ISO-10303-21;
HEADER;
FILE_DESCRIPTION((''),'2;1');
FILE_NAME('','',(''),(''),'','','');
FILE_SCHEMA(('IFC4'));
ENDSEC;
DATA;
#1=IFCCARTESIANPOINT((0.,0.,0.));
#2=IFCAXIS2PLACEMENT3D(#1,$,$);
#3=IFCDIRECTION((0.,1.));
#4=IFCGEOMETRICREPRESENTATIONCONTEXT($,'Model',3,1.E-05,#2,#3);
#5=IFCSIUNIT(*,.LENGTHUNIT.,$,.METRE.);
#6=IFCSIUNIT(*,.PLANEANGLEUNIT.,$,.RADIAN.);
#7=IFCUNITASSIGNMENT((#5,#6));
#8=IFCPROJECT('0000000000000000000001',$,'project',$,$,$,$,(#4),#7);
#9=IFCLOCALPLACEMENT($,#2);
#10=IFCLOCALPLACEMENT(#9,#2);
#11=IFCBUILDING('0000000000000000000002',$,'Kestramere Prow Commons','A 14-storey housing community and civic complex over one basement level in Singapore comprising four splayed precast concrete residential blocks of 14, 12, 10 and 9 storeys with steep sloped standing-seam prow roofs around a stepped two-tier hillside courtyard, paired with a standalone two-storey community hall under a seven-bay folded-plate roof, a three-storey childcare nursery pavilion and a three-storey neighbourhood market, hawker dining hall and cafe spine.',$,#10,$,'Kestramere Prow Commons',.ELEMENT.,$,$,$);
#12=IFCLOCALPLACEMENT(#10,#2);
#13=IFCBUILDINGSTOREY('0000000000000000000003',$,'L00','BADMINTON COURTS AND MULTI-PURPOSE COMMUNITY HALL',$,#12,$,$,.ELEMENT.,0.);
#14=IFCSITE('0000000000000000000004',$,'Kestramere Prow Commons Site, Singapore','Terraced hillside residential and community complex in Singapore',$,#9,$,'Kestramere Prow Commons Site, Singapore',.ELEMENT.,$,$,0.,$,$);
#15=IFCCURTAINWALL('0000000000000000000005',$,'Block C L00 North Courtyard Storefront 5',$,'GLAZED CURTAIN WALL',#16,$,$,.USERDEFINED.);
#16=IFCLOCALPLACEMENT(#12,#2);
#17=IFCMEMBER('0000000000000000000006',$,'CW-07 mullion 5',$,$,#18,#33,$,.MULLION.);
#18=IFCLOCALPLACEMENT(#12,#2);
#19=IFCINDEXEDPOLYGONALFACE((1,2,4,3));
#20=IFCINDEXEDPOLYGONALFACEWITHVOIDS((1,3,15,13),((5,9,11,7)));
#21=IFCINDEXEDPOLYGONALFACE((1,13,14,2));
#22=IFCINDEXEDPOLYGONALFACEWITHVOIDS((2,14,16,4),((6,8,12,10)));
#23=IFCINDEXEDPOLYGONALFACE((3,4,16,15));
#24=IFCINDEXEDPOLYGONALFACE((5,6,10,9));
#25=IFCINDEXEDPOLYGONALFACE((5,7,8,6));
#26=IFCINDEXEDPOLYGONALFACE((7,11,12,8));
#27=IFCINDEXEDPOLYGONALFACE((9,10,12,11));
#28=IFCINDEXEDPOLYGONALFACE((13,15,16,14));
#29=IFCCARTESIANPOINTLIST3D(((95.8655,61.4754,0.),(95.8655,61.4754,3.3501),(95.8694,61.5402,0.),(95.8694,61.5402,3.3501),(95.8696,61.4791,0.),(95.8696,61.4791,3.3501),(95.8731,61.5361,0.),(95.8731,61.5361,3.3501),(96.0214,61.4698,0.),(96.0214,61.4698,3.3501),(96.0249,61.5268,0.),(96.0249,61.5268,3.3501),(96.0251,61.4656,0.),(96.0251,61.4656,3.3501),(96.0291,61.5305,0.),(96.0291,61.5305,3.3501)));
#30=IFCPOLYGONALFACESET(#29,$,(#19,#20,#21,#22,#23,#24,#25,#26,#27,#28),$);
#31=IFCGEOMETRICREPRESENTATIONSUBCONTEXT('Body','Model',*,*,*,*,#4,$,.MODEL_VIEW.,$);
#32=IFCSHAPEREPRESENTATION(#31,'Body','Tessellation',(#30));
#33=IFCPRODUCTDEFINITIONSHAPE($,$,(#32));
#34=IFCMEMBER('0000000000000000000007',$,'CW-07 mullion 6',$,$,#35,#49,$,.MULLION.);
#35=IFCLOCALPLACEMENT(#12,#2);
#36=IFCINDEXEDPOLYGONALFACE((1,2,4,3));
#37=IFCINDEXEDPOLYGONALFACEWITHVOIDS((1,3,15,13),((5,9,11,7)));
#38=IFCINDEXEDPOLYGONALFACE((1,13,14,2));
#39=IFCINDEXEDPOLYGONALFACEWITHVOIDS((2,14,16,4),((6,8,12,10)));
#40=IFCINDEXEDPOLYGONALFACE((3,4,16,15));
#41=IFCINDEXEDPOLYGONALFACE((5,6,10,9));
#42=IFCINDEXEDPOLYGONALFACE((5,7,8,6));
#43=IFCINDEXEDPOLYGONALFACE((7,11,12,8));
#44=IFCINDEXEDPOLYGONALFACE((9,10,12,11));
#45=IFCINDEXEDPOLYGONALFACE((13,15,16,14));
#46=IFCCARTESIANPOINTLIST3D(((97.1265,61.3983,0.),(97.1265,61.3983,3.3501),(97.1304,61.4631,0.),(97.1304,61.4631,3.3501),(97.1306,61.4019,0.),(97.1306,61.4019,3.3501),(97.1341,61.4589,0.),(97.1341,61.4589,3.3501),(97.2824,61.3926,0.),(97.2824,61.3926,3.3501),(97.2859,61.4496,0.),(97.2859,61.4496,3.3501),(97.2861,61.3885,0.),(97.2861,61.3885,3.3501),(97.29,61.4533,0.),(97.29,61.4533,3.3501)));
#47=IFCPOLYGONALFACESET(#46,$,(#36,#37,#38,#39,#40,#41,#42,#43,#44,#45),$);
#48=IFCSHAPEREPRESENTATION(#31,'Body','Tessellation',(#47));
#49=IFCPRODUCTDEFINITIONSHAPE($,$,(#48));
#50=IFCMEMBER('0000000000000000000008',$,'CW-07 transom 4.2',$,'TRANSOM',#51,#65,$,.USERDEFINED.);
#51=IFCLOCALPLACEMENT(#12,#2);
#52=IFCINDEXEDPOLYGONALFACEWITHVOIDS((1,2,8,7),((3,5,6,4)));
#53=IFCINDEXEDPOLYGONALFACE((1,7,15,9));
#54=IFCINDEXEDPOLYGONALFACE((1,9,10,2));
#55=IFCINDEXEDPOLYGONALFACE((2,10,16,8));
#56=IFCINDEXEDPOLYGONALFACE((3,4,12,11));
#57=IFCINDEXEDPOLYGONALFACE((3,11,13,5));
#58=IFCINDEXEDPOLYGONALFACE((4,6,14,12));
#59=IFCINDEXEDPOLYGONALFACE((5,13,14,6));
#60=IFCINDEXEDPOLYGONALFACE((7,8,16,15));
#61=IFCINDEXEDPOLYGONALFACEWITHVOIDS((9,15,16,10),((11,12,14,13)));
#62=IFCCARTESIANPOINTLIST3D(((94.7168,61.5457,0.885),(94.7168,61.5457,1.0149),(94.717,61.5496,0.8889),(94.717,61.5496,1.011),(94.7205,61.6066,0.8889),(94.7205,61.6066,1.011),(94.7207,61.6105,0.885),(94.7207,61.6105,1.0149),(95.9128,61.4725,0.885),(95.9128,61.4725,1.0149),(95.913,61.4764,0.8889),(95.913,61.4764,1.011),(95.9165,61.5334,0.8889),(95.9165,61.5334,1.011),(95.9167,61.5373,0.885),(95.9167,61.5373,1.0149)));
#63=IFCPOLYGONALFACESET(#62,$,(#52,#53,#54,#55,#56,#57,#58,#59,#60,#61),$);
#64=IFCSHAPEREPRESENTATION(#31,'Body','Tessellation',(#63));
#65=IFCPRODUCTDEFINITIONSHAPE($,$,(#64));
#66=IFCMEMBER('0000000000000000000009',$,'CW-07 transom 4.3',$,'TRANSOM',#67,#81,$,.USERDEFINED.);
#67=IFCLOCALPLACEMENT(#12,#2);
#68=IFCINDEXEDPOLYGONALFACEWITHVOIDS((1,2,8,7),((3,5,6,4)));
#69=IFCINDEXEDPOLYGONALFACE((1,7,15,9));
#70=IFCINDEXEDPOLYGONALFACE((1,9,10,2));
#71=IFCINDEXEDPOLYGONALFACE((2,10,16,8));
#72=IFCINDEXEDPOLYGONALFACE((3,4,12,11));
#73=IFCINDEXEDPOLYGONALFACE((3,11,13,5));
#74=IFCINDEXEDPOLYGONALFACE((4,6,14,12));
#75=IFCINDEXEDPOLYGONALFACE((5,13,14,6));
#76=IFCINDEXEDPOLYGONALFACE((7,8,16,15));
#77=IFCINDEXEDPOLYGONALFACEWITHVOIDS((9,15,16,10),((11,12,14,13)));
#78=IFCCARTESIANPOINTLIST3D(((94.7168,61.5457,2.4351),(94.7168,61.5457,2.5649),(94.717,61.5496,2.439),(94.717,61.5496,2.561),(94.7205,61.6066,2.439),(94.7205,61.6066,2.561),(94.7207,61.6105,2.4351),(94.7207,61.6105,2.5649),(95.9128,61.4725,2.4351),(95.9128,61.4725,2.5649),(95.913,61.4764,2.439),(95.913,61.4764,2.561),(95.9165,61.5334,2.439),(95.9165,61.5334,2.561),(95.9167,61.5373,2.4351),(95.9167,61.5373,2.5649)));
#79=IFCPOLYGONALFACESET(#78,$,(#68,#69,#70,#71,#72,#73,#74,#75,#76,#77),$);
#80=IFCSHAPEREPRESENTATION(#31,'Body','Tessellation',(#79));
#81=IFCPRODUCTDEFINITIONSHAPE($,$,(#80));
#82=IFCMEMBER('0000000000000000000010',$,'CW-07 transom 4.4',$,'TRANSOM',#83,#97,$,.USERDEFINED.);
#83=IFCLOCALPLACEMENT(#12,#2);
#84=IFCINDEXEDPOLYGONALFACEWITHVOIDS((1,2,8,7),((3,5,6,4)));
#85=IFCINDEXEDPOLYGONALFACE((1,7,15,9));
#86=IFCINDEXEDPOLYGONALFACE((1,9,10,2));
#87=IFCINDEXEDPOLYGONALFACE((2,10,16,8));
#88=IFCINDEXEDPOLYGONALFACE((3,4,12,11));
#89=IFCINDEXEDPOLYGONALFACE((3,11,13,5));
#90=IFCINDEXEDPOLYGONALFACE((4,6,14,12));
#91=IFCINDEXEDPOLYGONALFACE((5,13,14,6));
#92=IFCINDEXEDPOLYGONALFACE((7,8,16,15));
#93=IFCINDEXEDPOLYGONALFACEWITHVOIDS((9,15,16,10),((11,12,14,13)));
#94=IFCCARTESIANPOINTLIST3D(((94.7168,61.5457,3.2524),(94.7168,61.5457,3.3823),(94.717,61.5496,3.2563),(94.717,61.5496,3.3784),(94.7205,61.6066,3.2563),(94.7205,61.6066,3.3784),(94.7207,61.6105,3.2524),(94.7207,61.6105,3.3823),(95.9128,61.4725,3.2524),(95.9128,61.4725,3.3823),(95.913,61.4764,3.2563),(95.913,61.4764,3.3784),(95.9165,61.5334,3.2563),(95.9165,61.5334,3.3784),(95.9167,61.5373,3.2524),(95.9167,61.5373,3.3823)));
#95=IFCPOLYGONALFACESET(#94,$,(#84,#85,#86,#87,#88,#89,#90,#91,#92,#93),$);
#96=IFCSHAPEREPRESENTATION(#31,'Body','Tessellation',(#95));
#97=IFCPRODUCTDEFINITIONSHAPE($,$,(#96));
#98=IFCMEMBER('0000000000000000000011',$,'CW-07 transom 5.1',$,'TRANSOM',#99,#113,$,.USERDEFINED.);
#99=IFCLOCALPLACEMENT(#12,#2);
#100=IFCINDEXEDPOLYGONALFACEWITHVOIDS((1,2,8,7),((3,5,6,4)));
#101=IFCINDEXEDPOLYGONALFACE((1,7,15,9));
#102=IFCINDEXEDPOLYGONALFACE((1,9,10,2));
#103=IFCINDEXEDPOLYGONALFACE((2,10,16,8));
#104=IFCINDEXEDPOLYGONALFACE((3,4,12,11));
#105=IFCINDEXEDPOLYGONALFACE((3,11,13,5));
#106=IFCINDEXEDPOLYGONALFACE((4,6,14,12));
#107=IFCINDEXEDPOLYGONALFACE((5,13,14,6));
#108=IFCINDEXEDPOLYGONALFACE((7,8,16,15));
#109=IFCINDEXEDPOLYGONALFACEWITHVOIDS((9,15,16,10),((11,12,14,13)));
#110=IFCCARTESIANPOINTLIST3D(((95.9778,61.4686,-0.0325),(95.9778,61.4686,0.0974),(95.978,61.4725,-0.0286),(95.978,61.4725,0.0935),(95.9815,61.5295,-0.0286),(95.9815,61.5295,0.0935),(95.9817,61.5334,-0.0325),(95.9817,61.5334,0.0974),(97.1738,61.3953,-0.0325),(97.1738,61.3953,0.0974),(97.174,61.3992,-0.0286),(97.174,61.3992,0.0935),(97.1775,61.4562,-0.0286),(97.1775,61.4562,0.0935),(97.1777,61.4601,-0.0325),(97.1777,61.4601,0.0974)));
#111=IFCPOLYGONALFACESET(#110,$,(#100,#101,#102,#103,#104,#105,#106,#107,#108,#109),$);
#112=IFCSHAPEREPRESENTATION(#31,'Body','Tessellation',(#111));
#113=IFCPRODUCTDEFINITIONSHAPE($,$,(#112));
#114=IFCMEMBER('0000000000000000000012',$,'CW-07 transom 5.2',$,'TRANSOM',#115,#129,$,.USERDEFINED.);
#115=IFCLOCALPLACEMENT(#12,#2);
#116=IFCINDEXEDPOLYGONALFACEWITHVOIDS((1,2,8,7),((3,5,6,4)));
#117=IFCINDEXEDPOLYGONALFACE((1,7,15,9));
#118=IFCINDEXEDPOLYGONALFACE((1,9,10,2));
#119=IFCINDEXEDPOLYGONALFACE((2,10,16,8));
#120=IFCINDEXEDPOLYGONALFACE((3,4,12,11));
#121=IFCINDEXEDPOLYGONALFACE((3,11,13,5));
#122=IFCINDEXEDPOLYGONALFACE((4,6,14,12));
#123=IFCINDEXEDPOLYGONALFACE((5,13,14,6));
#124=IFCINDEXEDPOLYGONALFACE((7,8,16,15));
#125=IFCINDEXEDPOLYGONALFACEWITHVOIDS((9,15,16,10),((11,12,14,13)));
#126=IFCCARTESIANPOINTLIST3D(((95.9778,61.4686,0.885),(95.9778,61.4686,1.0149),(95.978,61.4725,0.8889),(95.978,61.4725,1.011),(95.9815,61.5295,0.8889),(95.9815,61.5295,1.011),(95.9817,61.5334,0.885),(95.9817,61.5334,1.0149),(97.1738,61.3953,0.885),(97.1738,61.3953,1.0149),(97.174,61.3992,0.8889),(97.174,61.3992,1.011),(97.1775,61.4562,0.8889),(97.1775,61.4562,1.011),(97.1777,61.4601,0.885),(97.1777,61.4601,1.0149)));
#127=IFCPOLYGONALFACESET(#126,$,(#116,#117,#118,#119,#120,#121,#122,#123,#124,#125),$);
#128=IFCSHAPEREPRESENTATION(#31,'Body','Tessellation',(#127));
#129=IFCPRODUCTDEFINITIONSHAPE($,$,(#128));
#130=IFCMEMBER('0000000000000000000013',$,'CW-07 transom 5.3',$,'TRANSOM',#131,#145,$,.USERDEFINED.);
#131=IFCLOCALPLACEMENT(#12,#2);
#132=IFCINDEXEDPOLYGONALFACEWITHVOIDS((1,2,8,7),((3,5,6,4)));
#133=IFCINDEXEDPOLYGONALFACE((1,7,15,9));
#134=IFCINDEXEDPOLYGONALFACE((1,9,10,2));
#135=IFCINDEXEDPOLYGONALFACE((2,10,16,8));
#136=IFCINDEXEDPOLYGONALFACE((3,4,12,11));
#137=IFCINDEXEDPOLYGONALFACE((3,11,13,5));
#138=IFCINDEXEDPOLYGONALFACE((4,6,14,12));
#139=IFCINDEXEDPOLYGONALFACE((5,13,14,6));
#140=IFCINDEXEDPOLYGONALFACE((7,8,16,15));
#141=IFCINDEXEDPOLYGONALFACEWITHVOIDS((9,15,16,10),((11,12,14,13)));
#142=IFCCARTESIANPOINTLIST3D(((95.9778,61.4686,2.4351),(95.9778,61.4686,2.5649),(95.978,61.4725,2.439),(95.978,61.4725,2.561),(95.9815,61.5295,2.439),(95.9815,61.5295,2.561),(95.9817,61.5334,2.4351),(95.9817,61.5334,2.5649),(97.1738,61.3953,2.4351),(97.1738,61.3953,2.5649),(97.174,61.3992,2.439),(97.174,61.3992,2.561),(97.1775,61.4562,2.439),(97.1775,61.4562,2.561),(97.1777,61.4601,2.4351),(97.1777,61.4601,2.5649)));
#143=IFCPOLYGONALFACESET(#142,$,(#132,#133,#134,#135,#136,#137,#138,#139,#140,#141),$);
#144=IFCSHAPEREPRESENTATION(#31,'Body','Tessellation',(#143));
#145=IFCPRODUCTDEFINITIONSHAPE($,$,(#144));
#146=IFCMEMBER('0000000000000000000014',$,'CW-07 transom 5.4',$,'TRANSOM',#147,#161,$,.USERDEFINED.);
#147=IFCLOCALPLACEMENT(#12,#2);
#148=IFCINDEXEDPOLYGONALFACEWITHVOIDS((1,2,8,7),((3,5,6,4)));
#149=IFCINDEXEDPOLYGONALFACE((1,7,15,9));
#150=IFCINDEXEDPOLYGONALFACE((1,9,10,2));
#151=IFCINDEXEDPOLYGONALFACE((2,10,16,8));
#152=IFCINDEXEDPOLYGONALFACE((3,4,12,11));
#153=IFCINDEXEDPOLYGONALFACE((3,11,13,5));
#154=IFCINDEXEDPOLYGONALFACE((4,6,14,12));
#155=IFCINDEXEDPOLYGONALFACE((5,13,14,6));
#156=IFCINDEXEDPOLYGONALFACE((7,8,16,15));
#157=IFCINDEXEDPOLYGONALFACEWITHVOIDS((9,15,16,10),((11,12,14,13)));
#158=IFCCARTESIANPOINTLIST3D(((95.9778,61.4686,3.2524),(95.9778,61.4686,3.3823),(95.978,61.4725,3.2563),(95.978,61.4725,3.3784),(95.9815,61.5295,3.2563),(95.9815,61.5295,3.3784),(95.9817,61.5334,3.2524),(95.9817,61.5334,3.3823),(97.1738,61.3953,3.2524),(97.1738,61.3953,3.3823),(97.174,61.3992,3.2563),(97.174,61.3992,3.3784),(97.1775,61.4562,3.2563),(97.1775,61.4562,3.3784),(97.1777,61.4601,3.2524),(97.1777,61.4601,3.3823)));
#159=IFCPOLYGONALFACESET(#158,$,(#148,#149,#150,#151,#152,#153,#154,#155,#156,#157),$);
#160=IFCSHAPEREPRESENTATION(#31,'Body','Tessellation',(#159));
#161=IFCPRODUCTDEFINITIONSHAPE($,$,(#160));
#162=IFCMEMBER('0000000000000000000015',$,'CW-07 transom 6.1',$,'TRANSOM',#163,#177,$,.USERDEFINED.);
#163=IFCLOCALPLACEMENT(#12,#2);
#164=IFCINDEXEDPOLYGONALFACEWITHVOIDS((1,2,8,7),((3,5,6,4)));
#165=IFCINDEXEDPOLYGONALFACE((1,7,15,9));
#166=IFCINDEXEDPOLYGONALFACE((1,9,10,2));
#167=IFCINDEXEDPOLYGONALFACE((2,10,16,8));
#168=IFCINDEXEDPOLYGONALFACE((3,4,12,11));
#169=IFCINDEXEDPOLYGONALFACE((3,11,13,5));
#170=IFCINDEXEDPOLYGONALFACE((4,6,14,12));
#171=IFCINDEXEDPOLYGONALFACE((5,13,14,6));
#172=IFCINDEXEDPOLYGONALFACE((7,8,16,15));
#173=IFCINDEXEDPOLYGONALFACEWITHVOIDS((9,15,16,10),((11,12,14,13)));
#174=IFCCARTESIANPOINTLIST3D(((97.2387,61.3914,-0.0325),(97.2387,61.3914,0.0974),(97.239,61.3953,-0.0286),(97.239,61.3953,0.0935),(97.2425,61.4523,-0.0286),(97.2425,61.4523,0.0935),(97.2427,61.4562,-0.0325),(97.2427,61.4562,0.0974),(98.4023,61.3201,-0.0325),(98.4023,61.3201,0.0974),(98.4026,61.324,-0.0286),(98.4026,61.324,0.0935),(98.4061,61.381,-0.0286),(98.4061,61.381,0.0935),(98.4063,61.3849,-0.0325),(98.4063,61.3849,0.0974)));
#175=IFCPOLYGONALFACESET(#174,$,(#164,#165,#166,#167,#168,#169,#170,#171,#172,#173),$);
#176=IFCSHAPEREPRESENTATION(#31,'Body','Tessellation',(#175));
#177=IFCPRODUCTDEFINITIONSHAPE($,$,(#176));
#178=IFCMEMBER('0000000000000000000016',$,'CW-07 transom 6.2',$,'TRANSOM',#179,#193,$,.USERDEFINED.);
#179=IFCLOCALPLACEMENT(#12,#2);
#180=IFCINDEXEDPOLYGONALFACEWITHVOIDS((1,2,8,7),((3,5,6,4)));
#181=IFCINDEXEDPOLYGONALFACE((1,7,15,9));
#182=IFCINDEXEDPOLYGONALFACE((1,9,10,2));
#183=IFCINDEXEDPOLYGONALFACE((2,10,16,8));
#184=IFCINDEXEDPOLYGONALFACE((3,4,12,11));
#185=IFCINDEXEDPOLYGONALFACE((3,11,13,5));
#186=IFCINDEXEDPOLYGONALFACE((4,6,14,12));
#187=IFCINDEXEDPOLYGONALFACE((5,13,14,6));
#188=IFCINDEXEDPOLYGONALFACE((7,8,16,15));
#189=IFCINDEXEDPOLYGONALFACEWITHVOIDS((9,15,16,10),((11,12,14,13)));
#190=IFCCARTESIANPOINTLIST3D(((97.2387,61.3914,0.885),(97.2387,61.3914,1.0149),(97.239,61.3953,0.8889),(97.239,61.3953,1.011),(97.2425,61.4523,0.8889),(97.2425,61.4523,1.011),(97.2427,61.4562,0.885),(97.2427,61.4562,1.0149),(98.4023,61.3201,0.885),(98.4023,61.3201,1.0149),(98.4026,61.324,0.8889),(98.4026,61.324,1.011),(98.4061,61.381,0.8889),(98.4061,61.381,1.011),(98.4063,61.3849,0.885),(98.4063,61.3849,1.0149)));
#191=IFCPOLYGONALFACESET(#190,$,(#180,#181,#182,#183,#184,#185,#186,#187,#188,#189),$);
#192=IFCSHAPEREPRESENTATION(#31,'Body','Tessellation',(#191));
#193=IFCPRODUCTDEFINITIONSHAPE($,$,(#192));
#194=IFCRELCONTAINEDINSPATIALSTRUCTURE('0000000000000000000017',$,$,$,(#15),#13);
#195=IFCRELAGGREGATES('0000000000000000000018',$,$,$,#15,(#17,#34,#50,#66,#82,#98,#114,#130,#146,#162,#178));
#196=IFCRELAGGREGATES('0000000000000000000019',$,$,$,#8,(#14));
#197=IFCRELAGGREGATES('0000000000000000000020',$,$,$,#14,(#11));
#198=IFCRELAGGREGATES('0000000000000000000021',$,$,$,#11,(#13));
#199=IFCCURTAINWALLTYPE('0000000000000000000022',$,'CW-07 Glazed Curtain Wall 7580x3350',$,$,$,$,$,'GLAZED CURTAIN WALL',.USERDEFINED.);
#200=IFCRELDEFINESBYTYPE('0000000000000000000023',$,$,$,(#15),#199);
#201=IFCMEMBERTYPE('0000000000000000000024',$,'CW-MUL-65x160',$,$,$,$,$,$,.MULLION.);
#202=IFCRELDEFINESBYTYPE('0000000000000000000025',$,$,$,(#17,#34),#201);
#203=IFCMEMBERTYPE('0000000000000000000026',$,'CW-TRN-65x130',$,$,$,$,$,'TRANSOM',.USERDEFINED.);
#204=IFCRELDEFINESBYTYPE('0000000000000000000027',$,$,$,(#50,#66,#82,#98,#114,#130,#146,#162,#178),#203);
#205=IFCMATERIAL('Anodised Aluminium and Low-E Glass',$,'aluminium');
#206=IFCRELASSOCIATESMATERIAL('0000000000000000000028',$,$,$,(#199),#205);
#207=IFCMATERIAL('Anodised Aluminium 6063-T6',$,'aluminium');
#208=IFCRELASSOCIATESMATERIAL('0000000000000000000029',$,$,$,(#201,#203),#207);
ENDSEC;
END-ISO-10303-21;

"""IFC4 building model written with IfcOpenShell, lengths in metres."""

from ifc_helpers import new_model, si_unit, direction, frame, origin, origin_2d, place, context, subcontext, project, spatial, hollow_rectangle, extrude, material, material_profile, profile_set, type_object, element, aggregate, save


model = new_model("IFC4")

# Units and contexts
model_context = context("Model", 3, precision=1e-05, world=origin(), true_north=direction((0.0, 1.0)))
body_context = subcontext(model_context, "Body", "Model", "MODEL_VIEW")
ifc_project = project(units=[si_unit("LENGTHUNIT", "METRE"), si_unit("PLANEANGLEUNIT", "RADIAN")], contexts=[model_context])

# Site, building, storey
site_placement = place(None, origin())
site = spatial("IfcSite", under=ifc_project, at=site_placement, Name="Kestramere Prow Commons Site, Singapore", Description="Terraced hillside residential and community complex in Singapore", LongName="Kestramere Prow Commons Site, Singapore", CompositionType="ELEMENT", RefElevation=0.0)
building_placement = place(site_placement, origin())
building = spatial("IfcBuilding", under=site, at=building_placement, Name="Kestramere Prow Commons", Description="A 14-storey housing community and civic complex over one basement level in Singapore comprising four splayed precast concrete residential blocks of 14, 12, 10 and 9 storeys with steep sloped standing-seam prow roofs around a stepped two-tier hillside courtyard, paired with a standalone two-storey community hall under a seven-bay folded-plate roof, a three-storey childcare nursery pavilion and a three-storey neighbourhood market, hawker dining hall and cafe spine.", LongName="Kestramere Prow Commons", CompositionType="ELEMENT")
storey_placement = place(building_placement, origin())
storey = spatial("IfcBuildingStorey", under=building, at=storey_placement, Name="L00", Description="BADMINTON COURTS AND MULTI-PURPOSE COMMUNITY HALL", CompositionType="ELEMENT", Elevation=0.0)

# Curtain wall, members
ifc_material_1 = material(Name="Anodised Aluminium and Low-E Glass", Category="aluminium")
curtain_wall_type = type_object("IfcCurtainWallType", Name="CW-07 Glazed Curtain Wall 7580x3350", ElementType="GLAZED CURTAIN WALL", PredefinedType="USERDEFINED", material=ifc_material_1)
curtain_wall_placement = place(storey_placement, origin())
curtain_wall = element("IfcCurtainWall", 1, at=curtain_wall_placement, inside=storey, type_object=curtain_wall_type, Name="Block C L00 North Courtyard Storefront 5", ObjectType="GLAZED CURTAIN WALL", PredefinedType="USERDEFINED")
ifc_material_2 = material(Name="Anodised Aluminium 6063-T6", Category="aluminium")
ifc_material_profile_1 = material_profile(ifc_material_2, hollow_rectangle(XDim=0.0649, YDim=0.1599, WallThickness=0.0039, at=origin_2d()), Name="ALU-MUL 65x160")
ifc_profile_set_1 = profile_set([ifc_material_profile_1], Name="Anodised Aluminium 6063-T6")
member_type_1 = type_object("IfcMemberType", Name="CW-MUL-65x160", PredefinedType="MULLION", material=ifc_profile_set_1)
member_1_placement = place(storey_placement, frame((95.9473, 61.5029, 0.0), z_axis=(0.0, 0.0, 1.0), x_axis=(0.061048, 0.998135, 0.0)))
member_1 = element("IfcMember", 2, at=member_1_placement, type_object=member_type_1, Name="CW-07 mullion 5", PredefinedType="MULLION", context=body_context, shape_type="SweptSolid", body=[
    extrude(hollow_rectangle(XDim=0.0649, YDim=0.1599, WallThickness=0.0039, at=origin_2d()), origin(), (0.0, 0.0, 1.0), 3.3501),
])
member_2_placement = place(storey_placement, frame((97.2083, 61.4258, 0.0), z_axis=(0.0, 0.0, 1.0), x_axis=(0.061048, 0.998135, 0.0)))
member_2 = element("IfcMember", 3, at=member_2_placement, type_object=member_type_1, Name="CW-07 mullion 6", PredefinedType="MULLION", context=body_context, shape_type="SweptSolid", body=[
    extrude(hollow_rectangle(XDim=0.0649, YDim=0.1599, WallThickness=0.0039, at=origin_2d()), origin(), (0.0, 0.0, 1.0), 3.3501),
])
ifc_material_profile_2 = material_profile(ifc_material_2, hollow_rectangle(XDim=0.0649, YDim=0.1299, WallThickness=0.0039, at=origin_2d()), Name="ALU-TRN 65x130")
ifc_profile_set_2 = profile_set([ifc_material_profile_2], Name="Anodised Aluminium 6063-T6")
member_type_2 = type_object("IfcMemberType", Name="CW-TRN-65x130", ElementType="TRANSOM", PredefinedType="USERDEFINED", material=ifc_profile_set_2)
member_3_placement = place(storey_placement, frame((94.7188, 61.5781, 0.95), z_axis=(0.99813, -0.061122, 0.0), x_axis=(0.061122, 0.99813, 0.0)))
member_3 = element("IfcMember", 4, at=member_3_placement, type_object=member_type_2, Name="CW-07 transom 4.2", ObjectType="TRANSOM", PredefinedType="USERDEFINED", context=body_context, shape_type="SweptSolid", body=[
    extrude(hollow_rectangle(XDim=0.0649, YDim=0.1299, WallThickness=0.0039, at=origin_2d()), origin(), (0.0, 0.0, 1.0), 1.1982),
])
member_4_placement = place(storey_placement, frame((94.7188, 61.5781, 2.5), z_axis=(0.99813, -0.061122, 0.0), x_axis=(0.061122, 0.99813, 0.0)))
member_4 = element("IfcMember", 5, at=member_4_placement, type_object=member_type_2, Name="CW-07 transom 4.3", ObjectType="TRANSOM", PredefinedType="USERDEFINED", context=body_context, shape_type="SweptSolid", body=[
    extrude(hollow_rectangle(XDim=0.0649, YDim=0.1299, WallThickness=0.0039, at=origin_2d()), origin(), (0.0, 0.0, 1.0), 1.1982),
])
member_5_placement = place(storey_placement, frame((94.7188, 61.5781, 3.3174), z_axis=(0.99813, -0.061122, 0.0), x_axis=(0.061122, 0.99813, 0.0)))
member_5 = element("IfcMember", 6, at=member_5_placement, type_object=member_type_2, Name="CW-07 transom 4.4", ObjectType="TRANSOM", PredefinedType="USERDEFINED", context=body_context, shape_type="SweptSolid", body=[
    extrude(hollow_rectangle(XDim=0.0649, YDim=0.1299, WallThickness=0.0039, at=origin_2d()), origin(), (0.0, 0.0, 1.0), 1.1982),
])
member_6_placement = place(storey_placement, frame((95.9797, 61.501, 0.0325), z_axis=(0.99813, -0.061122, 0.0), x_axis=(0.061122, 0.99813, 0.0)))
member_6 = element("IfcMember", 7, at=member_6_placement, type_object=member_type_2, Name="CW-07 transom 5.1", ObjectType="TRANSOM", PredefinedType="USERDEFINED", context=body_context, shape_type="SweptSolid", body=[
    extrude(hollow_rectangle(XDim=0.0649, YDim=0.1299, WallThickness=0.0039, at=origin_2d()), origin(), (0.0, 0.0, 1.0), 1.1982),
])
member_7_placement = place(storey_placement, frame((95.9797, 61.501, 0.95), z_axis=(0.99813, -0.061122, 0.0), x_axis=(0.061122, 0.99813, 0.0)))
member_7 = element("IfcMember", 8, at=member_7_placement, type_object=member_type_2, Name="CW-07 transom 5.2", ObjectType="TRANSOM", PredefinedType="USERDEFINED", context=body_context, shape_type="SweptSolid", body=[
    extrude(hollow_rectangle(XDim=0.0649, YDim=0.1299, WallThickness=0.0039, at=origin_2d()), origin(), (0.0, 0.0, 1.0), 1.1982),
])
member_8_placement = place(storey_placement, frame((95.9797, 61.501, 2.5), z_axis=(0.99813, -0.061122, 0.0), x_axis=(0.061122, 0.99813, 0.0)))
member_8 = element("IfcMember", 9, at=member_8_placement, type_object=member_type_2, Name="CW-07 transom 5.3", ObjectType="TRANSOM", PredefinedType="USERDEFINED", context=body_context, shape_type="SweptSolid", body=[
    extrude(hollow_rectangle(XDim=0.0649, YDim=0.1299, WallThickness=0.0039, at=origin_2d()), origin(), (0.0, 0.0, 1.0), 1.1982),
])
member_9_placement = place(storey_placement, frame((95.9797, 61.501, 3.3174), z_axis=(0.99813, -0.061122, 0.0), x_axis=(0.061122, 0.99813, 0.0)))
member_9 = element("IfcMember", 10, at=member_9_placement, type_object=member_type_2, Name="CW-07 transom 5.4", ObjectType="TRANSOM", PredefinedType="USERDEFINED", context=body_context, shape_type="SweptSolid", body=[
    extrude(hollow_rectangle(XDim=0.0649, YDim=0.1299, WallThickness=0.0039, at=origin_2d()), origin(), (0.0, 0.0, 1.0), 1.1982),
])
member_10_placement = place(storey_placement, frame((97.2407, 61.4238, 0.0325), z_axis=(0.998128, -0.061153, 0.0), x_axis=(0.061153, 0.998128, 0.0)))
member_10 = element("IfcMember", 11, at=member_10_placement, type_object=member_type_2, Name="CW-07 transom 6.1", ObjectType="TRANSOM", PredefinedType="USERDEFINED", context=body_context, shape_type="SweptSolid", body=[
    extrude(hollow_rectangle(XDim=0.0649, YDim=0.1299, WallThickness=0.0039, at=origin_2d()), origin(), (0.0, 0.0, 1.0), 1.1658),
])
member_11_placement = place(storey_placement, frame((97.2407, 61.4238, 0.95), z_axis=(0.998128, -0.061153, 0.0), x_axis=(0.061153, 0.998128, 0.0)))
member_11 = element("IfcMember", 12, at=member_11_placement, type_object=member_type_2, Name="CW-07 transom 6.2", ObjectType="TRANSOM", PredefinedType="USERDEFINED", context=body_context, shape_type="SweptSolid", body=[
    extrude(hollow_rectangle(XDim=0.0649, YDim=0.1299, WallThickness=0.0039, at=origin_2d()), origin(), (0.0, 0.0, 1.0), 1.1658),
])

aggregate(curtain_wall, [member_1, member_2, member_3, member_4, member_5, member_6, member_7, member_8, member_9, member_10, member_11])

save(model, "model.ifc")
